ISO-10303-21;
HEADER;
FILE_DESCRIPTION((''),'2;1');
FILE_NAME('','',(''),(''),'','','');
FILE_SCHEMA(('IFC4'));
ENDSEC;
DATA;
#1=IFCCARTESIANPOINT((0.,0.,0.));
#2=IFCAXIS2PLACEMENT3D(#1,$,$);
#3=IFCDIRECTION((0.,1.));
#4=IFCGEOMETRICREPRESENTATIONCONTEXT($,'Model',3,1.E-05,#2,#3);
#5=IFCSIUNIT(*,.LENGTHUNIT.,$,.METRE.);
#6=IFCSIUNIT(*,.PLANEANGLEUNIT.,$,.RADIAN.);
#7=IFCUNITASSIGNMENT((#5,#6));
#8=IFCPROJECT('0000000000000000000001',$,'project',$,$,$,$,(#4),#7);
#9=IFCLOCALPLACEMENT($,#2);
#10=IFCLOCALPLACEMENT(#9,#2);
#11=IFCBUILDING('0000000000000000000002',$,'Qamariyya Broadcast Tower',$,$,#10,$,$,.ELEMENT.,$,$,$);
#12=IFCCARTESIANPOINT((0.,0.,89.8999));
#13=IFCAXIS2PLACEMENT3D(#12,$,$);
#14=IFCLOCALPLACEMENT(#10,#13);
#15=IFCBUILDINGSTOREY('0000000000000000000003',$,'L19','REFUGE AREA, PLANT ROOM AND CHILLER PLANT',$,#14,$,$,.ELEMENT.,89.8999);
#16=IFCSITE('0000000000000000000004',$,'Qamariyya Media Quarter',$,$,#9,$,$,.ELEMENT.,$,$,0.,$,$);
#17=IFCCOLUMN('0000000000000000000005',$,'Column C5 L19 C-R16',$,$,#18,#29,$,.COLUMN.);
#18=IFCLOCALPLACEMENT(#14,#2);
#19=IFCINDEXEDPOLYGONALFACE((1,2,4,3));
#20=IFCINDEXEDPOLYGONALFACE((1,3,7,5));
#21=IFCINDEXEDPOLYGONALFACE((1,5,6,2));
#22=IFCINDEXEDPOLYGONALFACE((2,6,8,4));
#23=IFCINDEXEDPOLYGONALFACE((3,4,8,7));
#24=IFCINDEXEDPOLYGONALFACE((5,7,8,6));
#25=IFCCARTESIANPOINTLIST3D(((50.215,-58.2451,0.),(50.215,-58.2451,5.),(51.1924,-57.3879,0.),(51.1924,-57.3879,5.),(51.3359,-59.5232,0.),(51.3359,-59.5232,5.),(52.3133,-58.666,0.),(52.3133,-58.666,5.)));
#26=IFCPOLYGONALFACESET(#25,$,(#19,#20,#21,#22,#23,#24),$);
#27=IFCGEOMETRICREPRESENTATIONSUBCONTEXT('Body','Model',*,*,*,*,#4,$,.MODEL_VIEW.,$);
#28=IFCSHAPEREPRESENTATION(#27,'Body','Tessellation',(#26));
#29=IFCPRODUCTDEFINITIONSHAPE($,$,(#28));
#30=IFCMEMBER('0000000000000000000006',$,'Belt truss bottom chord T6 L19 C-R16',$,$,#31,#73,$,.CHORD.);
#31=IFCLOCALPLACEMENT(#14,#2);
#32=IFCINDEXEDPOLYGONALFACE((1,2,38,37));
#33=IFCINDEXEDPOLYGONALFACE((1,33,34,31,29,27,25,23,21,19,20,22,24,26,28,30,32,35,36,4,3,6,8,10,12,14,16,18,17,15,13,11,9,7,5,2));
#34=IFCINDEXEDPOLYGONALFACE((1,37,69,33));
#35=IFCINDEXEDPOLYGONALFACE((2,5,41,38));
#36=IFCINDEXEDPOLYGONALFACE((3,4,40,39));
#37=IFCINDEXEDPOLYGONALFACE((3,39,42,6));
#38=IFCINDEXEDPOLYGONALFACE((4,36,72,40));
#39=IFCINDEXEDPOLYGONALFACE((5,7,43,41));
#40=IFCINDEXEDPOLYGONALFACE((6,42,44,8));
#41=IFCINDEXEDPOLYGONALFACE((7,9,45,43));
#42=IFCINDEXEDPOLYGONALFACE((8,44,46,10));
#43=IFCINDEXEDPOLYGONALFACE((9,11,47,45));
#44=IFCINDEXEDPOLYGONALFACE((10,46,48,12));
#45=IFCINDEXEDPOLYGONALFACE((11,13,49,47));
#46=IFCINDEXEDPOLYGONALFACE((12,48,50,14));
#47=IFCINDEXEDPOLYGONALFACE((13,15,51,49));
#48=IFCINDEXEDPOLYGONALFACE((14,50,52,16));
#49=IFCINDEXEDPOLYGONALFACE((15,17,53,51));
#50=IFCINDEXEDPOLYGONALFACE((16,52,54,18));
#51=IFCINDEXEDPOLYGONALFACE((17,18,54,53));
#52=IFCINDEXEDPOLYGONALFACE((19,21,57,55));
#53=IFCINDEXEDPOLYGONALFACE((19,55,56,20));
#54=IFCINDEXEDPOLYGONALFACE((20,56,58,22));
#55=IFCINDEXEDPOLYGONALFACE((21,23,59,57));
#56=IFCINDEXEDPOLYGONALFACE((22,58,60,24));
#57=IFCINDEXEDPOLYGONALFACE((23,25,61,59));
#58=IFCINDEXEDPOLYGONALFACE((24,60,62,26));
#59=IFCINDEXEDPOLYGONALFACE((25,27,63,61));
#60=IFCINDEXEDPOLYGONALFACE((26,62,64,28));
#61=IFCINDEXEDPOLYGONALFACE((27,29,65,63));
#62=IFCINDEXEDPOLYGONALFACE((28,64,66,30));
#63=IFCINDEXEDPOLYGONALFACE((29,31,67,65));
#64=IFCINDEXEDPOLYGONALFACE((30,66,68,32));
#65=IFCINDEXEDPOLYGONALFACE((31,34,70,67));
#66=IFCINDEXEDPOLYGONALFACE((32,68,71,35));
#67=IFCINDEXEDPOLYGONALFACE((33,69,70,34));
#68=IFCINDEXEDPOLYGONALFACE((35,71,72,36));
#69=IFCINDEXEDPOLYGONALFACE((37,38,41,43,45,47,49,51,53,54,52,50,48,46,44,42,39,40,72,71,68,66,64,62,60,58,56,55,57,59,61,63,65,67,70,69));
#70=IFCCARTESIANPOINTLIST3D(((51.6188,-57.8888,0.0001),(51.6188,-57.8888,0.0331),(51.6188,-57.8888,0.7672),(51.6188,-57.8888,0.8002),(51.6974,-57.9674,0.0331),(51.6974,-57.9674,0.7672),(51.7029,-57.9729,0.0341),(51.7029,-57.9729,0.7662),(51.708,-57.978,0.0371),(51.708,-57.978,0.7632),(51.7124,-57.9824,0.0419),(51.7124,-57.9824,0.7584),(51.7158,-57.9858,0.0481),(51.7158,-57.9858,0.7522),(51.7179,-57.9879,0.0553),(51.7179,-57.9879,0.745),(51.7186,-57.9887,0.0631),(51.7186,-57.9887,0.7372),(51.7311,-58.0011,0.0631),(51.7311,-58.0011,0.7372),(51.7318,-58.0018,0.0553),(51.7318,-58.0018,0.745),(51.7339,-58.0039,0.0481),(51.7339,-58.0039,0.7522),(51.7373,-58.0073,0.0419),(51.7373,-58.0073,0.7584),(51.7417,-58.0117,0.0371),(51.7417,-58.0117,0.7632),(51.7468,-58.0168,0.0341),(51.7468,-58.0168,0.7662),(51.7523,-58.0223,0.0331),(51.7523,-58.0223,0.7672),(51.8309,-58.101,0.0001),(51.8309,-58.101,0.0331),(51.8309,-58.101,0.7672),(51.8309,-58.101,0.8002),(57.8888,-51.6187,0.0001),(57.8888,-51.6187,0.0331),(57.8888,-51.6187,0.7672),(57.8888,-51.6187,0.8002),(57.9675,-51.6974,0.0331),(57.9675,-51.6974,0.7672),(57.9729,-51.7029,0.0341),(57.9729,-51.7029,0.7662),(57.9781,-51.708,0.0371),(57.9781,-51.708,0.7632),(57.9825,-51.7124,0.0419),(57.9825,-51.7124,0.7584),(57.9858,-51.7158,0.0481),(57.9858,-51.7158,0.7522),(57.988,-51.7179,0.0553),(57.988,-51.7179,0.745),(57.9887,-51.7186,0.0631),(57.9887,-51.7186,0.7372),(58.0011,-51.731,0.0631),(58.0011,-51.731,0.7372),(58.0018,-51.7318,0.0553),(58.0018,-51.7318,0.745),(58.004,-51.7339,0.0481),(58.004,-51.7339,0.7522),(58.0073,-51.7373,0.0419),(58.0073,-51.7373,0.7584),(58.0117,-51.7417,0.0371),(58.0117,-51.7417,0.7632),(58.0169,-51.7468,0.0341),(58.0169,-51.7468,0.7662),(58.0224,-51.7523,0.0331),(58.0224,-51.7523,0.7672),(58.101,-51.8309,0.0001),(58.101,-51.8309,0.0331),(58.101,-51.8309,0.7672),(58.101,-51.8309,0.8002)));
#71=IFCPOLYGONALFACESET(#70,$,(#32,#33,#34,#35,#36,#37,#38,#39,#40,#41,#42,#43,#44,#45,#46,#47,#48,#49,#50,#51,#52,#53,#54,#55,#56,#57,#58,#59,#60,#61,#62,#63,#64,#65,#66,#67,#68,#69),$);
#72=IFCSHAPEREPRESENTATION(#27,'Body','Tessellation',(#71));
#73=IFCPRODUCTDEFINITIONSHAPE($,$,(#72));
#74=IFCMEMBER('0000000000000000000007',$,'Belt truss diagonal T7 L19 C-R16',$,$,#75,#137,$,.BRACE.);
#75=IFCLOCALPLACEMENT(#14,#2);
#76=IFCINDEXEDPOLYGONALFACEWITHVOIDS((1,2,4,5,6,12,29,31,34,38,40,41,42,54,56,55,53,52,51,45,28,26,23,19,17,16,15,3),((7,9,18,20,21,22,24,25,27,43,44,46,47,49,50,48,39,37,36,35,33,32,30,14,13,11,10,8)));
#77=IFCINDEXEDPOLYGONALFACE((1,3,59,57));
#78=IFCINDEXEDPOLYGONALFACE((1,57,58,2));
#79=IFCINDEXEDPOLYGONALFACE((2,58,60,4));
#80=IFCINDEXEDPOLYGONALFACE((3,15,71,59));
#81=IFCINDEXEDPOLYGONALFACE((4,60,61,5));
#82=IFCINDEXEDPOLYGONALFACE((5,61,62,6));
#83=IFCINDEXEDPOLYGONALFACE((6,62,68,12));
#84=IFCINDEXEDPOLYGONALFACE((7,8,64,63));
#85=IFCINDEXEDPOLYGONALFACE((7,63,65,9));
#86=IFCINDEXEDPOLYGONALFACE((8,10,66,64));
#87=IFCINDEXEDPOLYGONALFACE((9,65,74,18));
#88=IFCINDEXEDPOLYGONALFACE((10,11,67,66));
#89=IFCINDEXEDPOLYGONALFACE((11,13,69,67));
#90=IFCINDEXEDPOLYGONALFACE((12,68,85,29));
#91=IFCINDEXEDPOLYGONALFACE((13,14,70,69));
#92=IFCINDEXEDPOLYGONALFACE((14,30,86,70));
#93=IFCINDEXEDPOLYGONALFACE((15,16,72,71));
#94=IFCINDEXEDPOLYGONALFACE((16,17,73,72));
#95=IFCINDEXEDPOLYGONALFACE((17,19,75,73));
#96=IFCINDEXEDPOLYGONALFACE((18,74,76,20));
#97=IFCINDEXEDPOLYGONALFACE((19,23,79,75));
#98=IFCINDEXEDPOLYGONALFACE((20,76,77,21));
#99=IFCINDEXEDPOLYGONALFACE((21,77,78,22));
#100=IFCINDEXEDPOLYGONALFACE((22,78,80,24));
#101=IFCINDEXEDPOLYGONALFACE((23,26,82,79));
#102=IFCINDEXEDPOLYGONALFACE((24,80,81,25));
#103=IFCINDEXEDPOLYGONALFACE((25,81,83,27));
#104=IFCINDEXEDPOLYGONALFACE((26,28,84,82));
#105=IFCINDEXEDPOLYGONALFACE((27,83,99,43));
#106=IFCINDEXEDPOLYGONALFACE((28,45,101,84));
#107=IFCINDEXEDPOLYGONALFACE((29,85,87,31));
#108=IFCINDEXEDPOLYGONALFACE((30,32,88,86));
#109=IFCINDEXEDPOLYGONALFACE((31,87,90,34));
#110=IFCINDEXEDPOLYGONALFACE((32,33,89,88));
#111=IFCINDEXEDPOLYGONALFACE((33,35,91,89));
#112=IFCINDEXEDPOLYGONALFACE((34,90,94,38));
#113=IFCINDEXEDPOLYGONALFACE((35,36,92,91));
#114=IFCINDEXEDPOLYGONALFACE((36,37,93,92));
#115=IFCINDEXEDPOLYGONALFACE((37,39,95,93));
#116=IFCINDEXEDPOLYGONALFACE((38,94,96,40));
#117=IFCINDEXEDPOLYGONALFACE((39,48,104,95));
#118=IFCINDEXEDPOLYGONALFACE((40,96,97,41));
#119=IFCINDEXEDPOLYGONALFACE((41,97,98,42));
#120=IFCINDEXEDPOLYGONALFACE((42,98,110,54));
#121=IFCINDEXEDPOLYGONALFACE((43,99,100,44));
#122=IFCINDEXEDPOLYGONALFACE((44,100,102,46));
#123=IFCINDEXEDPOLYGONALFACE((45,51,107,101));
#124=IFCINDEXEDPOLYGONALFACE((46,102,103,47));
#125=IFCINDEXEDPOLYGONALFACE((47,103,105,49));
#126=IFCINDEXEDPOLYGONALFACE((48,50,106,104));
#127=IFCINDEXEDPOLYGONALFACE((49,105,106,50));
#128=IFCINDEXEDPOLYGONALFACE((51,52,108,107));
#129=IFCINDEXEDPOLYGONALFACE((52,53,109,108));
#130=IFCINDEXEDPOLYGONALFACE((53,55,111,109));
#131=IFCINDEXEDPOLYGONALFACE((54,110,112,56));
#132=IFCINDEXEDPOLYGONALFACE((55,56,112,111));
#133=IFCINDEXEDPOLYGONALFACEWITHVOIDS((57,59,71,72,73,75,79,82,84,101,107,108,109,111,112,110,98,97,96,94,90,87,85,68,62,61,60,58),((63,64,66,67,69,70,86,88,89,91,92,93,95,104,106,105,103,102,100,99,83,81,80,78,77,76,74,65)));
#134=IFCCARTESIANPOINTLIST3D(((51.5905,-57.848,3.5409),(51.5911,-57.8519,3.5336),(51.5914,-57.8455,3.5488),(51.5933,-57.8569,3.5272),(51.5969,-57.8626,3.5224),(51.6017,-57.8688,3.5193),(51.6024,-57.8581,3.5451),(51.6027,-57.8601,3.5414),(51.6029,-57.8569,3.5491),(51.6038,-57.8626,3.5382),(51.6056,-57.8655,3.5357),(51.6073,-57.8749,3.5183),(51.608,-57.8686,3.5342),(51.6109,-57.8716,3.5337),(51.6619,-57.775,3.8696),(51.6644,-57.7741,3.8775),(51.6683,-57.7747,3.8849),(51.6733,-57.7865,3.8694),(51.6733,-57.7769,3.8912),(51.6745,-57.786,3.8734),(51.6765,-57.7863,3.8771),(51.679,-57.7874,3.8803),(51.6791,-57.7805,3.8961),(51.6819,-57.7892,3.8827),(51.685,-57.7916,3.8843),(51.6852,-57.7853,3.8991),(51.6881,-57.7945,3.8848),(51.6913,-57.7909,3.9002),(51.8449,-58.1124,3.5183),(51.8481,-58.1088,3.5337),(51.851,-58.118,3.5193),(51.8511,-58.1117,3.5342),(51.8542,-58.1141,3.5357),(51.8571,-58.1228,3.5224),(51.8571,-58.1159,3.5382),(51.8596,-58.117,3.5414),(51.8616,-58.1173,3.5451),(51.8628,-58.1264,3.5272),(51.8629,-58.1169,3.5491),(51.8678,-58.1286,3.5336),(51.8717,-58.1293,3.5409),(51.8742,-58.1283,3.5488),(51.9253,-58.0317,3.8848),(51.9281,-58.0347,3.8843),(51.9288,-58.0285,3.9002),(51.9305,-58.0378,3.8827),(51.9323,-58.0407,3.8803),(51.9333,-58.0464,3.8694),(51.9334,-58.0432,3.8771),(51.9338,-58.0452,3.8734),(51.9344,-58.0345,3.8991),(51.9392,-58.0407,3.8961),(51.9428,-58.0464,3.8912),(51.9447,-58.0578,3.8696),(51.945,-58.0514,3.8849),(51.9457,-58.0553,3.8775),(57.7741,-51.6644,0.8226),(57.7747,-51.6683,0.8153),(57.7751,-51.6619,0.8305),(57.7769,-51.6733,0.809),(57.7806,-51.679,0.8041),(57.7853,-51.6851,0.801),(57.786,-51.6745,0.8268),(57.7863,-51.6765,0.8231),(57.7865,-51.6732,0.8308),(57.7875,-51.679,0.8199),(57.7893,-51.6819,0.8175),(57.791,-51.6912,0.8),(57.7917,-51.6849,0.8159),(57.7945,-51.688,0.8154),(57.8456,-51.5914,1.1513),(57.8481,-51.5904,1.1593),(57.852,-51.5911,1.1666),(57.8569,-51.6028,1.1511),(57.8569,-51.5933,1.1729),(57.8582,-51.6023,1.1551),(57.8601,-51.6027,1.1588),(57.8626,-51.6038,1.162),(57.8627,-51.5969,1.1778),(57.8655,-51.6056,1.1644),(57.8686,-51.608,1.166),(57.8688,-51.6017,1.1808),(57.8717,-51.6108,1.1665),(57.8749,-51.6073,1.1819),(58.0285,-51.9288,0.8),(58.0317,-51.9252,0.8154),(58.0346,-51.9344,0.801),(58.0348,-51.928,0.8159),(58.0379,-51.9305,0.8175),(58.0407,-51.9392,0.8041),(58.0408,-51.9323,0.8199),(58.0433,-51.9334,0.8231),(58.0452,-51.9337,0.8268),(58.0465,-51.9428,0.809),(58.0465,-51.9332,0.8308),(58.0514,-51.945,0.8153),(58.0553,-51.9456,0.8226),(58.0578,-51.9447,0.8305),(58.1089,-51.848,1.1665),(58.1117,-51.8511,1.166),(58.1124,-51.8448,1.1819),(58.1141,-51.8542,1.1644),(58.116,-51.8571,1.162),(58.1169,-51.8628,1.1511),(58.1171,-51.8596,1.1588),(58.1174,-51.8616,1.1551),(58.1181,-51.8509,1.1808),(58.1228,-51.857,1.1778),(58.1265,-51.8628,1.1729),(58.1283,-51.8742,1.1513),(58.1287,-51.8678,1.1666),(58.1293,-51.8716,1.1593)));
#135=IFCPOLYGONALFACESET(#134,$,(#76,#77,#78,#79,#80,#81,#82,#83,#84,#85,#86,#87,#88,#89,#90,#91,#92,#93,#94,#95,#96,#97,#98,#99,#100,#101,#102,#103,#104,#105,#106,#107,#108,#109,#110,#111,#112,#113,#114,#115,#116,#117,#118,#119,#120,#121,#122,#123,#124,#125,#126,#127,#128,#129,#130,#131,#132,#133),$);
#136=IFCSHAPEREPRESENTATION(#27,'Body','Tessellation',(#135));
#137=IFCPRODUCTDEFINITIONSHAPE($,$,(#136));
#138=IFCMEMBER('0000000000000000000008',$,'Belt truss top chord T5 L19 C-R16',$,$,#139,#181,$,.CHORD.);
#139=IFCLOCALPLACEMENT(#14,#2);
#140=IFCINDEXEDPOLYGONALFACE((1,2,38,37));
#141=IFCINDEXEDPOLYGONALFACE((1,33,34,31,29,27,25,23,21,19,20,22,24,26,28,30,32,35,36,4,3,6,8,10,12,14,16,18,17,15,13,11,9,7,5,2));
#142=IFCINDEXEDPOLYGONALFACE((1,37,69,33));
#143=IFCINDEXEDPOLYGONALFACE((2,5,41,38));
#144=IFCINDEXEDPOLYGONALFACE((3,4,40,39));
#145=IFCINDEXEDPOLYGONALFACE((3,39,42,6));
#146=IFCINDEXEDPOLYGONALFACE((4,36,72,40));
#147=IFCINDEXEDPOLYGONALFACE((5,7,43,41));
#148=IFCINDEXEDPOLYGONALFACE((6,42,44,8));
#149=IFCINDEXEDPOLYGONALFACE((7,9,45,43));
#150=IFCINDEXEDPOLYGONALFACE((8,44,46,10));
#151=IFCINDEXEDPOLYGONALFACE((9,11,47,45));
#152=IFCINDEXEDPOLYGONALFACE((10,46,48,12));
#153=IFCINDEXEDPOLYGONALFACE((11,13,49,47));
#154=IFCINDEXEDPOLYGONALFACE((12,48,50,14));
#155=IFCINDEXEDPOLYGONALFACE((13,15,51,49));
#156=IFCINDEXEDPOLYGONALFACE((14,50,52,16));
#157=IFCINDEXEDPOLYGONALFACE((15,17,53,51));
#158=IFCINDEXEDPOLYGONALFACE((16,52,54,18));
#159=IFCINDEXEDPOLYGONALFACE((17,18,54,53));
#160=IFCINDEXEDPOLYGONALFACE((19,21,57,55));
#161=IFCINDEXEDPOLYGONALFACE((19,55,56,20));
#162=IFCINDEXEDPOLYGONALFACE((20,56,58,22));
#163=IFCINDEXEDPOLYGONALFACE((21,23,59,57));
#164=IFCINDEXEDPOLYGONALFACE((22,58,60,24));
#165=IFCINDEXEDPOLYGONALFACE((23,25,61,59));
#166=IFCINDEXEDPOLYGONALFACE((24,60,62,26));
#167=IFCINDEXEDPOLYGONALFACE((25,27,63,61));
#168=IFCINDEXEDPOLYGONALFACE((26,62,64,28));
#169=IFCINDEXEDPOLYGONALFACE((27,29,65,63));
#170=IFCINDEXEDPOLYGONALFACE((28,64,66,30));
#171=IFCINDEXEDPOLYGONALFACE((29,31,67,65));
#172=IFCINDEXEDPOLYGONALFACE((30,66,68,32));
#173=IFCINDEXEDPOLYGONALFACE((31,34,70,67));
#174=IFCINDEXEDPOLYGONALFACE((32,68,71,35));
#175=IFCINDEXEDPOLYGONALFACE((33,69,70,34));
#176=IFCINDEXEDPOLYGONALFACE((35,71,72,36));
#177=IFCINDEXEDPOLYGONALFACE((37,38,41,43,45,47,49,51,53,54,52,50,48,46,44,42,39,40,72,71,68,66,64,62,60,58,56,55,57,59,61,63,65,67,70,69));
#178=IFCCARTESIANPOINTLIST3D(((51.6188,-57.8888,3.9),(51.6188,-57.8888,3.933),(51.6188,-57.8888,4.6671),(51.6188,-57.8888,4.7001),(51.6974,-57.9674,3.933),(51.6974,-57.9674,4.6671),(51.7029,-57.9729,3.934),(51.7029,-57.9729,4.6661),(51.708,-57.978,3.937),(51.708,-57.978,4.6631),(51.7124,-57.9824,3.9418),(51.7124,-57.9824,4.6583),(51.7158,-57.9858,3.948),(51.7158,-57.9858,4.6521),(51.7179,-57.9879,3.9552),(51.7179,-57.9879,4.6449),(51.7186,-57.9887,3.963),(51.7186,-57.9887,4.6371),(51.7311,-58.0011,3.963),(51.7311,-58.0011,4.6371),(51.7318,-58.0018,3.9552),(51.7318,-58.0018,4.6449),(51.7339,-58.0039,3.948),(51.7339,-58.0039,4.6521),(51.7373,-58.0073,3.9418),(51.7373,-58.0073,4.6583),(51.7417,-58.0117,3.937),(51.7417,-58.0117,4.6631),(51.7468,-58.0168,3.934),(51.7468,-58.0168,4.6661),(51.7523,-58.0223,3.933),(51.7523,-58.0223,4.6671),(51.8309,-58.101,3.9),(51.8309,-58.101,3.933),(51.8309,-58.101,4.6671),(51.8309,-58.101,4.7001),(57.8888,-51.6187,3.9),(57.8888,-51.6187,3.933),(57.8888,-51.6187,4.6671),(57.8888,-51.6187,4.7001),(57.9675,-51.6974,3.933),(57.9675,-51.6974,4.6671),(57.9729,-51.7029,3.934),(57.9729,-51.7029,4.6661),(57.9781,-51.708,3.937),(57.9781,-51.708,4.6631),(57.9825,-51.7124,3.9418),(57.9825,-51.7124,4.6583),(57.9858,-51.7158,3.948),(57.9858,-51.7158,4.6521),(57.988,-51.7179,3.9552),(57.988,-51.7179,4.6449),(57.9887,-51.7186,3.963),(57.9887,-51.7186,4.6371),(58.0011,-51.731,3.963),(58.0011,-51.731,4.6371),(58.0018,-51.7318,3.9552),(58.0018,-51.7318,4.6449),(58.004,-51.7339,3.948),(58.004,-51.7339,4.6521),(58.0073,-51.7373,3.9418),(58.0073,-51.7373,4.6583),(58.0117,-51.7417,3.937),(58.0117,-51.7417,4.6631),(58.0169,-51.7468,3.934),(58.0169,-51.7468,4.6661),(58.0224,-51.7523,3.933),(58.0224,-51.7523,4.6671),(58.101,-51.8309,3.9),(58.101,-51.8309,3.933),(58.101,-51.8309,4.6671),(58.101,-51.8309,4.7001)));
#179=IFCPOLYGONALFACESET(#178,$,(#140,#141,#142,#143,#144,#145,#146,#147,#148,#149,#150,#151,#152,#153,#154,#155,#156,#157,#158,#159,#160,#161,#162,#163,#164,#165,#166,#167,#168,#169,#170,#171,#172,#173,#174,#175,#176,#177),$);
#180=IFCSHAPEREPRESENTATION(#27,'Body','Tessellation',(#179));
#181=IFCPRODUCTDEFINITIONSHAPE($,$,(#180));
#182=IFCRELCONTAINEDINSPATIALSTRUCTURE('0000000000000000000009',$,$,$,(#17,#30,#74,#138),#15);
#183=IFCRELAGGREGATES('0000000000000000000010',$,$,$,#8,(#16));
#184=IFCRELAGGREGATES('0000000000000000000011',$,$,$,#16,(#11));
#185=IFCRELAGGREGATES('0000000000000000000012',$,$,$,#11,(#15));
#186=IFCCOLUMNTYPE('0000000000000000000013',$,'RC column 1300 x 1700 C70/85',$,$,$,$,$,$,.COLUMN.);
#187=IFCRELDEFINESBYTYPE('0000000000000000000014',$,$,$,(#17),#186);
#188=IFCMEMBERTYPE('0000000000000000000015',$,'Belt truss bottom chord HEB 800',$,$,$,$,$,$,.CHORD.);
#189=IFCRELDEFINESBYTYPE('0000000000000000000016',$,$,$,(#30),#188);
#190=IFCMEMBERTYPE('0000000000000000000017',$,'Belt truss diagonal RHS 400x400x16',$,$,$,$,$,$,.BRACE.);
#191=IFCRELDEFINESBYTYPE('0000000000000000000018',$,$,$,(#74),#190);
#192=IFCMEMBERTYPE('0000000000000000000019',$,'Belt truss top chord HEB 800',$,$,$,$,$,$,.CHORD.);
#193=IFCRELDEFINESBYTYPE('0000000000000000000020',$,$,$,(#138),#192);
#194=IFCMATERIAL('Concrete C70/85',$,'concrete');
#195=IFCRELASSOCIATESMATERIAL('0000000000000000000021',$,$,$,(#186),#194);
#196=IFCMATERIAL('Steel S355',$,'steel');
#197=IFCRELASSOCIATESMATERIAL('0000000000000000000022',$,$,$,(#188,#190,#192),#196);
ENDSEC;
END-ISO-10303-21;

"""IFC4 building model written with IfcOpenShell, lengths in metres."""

from ifc_helpers import new_model, si_unit, direction, frame, origin, origin_2d, place, context, subcontext, project, spatial, rectangle, hollow_rectangle, i_section, extrude, material, material_profile, profile_set, type_object, element, save


model = new_model("IFC4")

# Units and contexts
model_context = context("Model", 3, precision=1e-05, world=origin(), true_north=direction((0.0, 1.0)))
body_context = subcontext(model_context, "Body", "Model", "MODEL_VIEW")
ifc_project = project(units=[si_unit("LENGTHUNIT", "METRE"), si_unit("PLANEANGLEUNIT", "RADIAN")], contexts=[model_context])

# Site, building, storey
site_placement = place(None, origin())
site = spatial("IfcSite", under=ifc_project, at=site_placement, Name="Qamariyya Media Quarter", CompositionType="ELEMENT", RefElevation=0.0)
building_placement = place(site_placement, origin())
building = spatial("IfcBuilding", under=site, at=building_placement, Name="Qamariyya Broadcast Tower", CompositionType="ELEMENT")
storey_placement = place(building_placement, frame((0.0, 0.0, 89.8999)))
storey = spatial("IfcBuildingStorey", under=building, at=storey_placement, Name="L19", Description="REFUGE AREA, PLANT ROOM AND CHILLER PLANT", CompositionType="ELEMENT", Elevation=89.8999)

# Column
ifc_material_1 = material(Name="Concrete C70/85", Category="concrete")
ifc_material_profile_1 = material_profile(ifc_material_1, rectangle(XDim=1.3, YDim=1.7, at=origin_2d()))
ifc_profile_set_1 = profile_set([ifc_material_profile_1], Name="Concrete C70/85")
column_type = type_object("IfcColumnType", Name="RC column 1300 x 1700 C70/85", PredefinedType="COLUMN", material=ifc_profile_set_1)
column_placement = place(storey_placement, frame((51.2642, -58.4556, 0.0), z_axis=(0.0, 0.0, 1.0), x_axis=(0.75184, 0.659346, 0.0)))
element("IfcColumn", 1, at=column_placement, inside=storey, type_object=column_type, Name="Column C5 L19 C-R16", PredefinedType="COLUMN", context=body_context, shape_type="SweptSolid", body=[
    extrude(rectangle(XDim=1.3, YDim=1.7, at=origin_2d()), origin(), (0.0, 0.0, 1.0), 5.0),
])

# Members
ifc_material_2 = material(Name="Steel S355", Category="steel")
ifc_material_profile_2 = material_profile(ifc_material_2, i_section(OverallWidth=0.3, OverallDepth=0.8, WebThickness=0.0176, FlangeThickness=0.033, FilletRadius=0.03, at=origin_2d()))
ifc_profile_set_2 = profile_set([ifc_material_profile_2], Name="Steel S355")
member_type_1 = type_object("IfcMemberType", Name="Belt truss bottom chord HEB 800", PredefinedType="CHORD", material=ifc_profile_set_2)
member_1_placement = place(storey_placement, frame((51.7249, -57.9949, 0.4001), z_axis=(0.707107, 0.707107, 0.0), x_axis=(-0.707107, 0.707107, 0.0)))
element("IfcMember", 2, at=member_1_placement, inside=storey, type_object=member_type_1, Name="Belt truss bottom chord T6 L19 C-R16", PredefinedType="CHORD", context=body_context, shape_type="SweptSolid", body=[
    extrude(i_section(OverallWidth=0.3, OverallDepth=0.8, WebThickness=0.0176, FlangeThickness=0.033, FilletRadius=0.03, at=origin_2d()), origin(), (0.0, 0.0, 1.0), 8.8672),
])
ifc_material_profile_3 = material_profile(ifc_material_2, hollow_rectangle(XDim=0.3999, YDim=0.3999, WallThickness=0.0161, InnerFilletRadius=0.0161, OuterFilletRadius=0.032, at=origin_2d()))
ifc_profile_set_3 = profile_set([ifc_material_profile_3], Name="Steel S355")
member_type_2 = type_object("IfcMemberType", Name="Belt truss diagonal RHS 400x400x16", PredefinedType="BRACE", material=ifc_profile_set_3)
member_2_placement = place(storey_placement, frame((51.7681, -57.9517, 3.7092), z_axis=(0.675238, 0.675238, -0.29683), x_axis=(-0.707107, 0.707107, 0.0)))
element("IfcMember", 3, at=member_2_placement, inside=storey, type_object=member_type_2, Name="Belt truss diagonal T7 L19 C-R16", PredefinedType="BRACE", context=body_context, shape_type="SweptSolid", body=[
    extrude(hollow_rectangle(XDim=0.3999, YDim=0.3999, WallThickness=0.0161, InnerFilletRadius=0.0161, OuterFilletRadius=0.032, at=origin_2d()), origin(), (0.0, 0.0, 1.0), 9.1577),
])
ifc_material_profile_4 = material_profile(ifc_material_2, i_section(OverallWidth=0.3, OverallDepth=0.8, WebThickness=0.0176, FlangeThickness=0.033, FilletRadius=0.03, at=origin_2d()))
ifc_profile_set_4 = profile_set([ifc_material_profile_4], Name="Steel S355")
member_type_3 = type_object("IfcMemberType", Name="Belt truss top chord HEB 800", PredefinedType="CHORD", material=ifc_profile_set_4)
member_3_placement = place(storey_placement, frame((51.7249, -57.9949, 4.3), z_axis=(0.707107, 0.707107, 0.0), x_axis=(-0.707107, 0.707107, 0.0)))
element("IfcMember", 4, at=member_3_placement, inside=storey, type_object=member_type_3, Name="Belt truss top chord T5 L19 C-R16", PredefinedType="CHORD", context=body_context, shape_type="SweptSolid", body=[
    extrude(i_section(OverallWidth=0.3, OverallDepth=0.8, WebThickness=0.0176, FlangeThickness=0.033, FilletRadius=0.03, at=origin_2d()), origin(), (0.0, 0.0, 1.0), 8.8672),
])

save(model, "model.ifc")
